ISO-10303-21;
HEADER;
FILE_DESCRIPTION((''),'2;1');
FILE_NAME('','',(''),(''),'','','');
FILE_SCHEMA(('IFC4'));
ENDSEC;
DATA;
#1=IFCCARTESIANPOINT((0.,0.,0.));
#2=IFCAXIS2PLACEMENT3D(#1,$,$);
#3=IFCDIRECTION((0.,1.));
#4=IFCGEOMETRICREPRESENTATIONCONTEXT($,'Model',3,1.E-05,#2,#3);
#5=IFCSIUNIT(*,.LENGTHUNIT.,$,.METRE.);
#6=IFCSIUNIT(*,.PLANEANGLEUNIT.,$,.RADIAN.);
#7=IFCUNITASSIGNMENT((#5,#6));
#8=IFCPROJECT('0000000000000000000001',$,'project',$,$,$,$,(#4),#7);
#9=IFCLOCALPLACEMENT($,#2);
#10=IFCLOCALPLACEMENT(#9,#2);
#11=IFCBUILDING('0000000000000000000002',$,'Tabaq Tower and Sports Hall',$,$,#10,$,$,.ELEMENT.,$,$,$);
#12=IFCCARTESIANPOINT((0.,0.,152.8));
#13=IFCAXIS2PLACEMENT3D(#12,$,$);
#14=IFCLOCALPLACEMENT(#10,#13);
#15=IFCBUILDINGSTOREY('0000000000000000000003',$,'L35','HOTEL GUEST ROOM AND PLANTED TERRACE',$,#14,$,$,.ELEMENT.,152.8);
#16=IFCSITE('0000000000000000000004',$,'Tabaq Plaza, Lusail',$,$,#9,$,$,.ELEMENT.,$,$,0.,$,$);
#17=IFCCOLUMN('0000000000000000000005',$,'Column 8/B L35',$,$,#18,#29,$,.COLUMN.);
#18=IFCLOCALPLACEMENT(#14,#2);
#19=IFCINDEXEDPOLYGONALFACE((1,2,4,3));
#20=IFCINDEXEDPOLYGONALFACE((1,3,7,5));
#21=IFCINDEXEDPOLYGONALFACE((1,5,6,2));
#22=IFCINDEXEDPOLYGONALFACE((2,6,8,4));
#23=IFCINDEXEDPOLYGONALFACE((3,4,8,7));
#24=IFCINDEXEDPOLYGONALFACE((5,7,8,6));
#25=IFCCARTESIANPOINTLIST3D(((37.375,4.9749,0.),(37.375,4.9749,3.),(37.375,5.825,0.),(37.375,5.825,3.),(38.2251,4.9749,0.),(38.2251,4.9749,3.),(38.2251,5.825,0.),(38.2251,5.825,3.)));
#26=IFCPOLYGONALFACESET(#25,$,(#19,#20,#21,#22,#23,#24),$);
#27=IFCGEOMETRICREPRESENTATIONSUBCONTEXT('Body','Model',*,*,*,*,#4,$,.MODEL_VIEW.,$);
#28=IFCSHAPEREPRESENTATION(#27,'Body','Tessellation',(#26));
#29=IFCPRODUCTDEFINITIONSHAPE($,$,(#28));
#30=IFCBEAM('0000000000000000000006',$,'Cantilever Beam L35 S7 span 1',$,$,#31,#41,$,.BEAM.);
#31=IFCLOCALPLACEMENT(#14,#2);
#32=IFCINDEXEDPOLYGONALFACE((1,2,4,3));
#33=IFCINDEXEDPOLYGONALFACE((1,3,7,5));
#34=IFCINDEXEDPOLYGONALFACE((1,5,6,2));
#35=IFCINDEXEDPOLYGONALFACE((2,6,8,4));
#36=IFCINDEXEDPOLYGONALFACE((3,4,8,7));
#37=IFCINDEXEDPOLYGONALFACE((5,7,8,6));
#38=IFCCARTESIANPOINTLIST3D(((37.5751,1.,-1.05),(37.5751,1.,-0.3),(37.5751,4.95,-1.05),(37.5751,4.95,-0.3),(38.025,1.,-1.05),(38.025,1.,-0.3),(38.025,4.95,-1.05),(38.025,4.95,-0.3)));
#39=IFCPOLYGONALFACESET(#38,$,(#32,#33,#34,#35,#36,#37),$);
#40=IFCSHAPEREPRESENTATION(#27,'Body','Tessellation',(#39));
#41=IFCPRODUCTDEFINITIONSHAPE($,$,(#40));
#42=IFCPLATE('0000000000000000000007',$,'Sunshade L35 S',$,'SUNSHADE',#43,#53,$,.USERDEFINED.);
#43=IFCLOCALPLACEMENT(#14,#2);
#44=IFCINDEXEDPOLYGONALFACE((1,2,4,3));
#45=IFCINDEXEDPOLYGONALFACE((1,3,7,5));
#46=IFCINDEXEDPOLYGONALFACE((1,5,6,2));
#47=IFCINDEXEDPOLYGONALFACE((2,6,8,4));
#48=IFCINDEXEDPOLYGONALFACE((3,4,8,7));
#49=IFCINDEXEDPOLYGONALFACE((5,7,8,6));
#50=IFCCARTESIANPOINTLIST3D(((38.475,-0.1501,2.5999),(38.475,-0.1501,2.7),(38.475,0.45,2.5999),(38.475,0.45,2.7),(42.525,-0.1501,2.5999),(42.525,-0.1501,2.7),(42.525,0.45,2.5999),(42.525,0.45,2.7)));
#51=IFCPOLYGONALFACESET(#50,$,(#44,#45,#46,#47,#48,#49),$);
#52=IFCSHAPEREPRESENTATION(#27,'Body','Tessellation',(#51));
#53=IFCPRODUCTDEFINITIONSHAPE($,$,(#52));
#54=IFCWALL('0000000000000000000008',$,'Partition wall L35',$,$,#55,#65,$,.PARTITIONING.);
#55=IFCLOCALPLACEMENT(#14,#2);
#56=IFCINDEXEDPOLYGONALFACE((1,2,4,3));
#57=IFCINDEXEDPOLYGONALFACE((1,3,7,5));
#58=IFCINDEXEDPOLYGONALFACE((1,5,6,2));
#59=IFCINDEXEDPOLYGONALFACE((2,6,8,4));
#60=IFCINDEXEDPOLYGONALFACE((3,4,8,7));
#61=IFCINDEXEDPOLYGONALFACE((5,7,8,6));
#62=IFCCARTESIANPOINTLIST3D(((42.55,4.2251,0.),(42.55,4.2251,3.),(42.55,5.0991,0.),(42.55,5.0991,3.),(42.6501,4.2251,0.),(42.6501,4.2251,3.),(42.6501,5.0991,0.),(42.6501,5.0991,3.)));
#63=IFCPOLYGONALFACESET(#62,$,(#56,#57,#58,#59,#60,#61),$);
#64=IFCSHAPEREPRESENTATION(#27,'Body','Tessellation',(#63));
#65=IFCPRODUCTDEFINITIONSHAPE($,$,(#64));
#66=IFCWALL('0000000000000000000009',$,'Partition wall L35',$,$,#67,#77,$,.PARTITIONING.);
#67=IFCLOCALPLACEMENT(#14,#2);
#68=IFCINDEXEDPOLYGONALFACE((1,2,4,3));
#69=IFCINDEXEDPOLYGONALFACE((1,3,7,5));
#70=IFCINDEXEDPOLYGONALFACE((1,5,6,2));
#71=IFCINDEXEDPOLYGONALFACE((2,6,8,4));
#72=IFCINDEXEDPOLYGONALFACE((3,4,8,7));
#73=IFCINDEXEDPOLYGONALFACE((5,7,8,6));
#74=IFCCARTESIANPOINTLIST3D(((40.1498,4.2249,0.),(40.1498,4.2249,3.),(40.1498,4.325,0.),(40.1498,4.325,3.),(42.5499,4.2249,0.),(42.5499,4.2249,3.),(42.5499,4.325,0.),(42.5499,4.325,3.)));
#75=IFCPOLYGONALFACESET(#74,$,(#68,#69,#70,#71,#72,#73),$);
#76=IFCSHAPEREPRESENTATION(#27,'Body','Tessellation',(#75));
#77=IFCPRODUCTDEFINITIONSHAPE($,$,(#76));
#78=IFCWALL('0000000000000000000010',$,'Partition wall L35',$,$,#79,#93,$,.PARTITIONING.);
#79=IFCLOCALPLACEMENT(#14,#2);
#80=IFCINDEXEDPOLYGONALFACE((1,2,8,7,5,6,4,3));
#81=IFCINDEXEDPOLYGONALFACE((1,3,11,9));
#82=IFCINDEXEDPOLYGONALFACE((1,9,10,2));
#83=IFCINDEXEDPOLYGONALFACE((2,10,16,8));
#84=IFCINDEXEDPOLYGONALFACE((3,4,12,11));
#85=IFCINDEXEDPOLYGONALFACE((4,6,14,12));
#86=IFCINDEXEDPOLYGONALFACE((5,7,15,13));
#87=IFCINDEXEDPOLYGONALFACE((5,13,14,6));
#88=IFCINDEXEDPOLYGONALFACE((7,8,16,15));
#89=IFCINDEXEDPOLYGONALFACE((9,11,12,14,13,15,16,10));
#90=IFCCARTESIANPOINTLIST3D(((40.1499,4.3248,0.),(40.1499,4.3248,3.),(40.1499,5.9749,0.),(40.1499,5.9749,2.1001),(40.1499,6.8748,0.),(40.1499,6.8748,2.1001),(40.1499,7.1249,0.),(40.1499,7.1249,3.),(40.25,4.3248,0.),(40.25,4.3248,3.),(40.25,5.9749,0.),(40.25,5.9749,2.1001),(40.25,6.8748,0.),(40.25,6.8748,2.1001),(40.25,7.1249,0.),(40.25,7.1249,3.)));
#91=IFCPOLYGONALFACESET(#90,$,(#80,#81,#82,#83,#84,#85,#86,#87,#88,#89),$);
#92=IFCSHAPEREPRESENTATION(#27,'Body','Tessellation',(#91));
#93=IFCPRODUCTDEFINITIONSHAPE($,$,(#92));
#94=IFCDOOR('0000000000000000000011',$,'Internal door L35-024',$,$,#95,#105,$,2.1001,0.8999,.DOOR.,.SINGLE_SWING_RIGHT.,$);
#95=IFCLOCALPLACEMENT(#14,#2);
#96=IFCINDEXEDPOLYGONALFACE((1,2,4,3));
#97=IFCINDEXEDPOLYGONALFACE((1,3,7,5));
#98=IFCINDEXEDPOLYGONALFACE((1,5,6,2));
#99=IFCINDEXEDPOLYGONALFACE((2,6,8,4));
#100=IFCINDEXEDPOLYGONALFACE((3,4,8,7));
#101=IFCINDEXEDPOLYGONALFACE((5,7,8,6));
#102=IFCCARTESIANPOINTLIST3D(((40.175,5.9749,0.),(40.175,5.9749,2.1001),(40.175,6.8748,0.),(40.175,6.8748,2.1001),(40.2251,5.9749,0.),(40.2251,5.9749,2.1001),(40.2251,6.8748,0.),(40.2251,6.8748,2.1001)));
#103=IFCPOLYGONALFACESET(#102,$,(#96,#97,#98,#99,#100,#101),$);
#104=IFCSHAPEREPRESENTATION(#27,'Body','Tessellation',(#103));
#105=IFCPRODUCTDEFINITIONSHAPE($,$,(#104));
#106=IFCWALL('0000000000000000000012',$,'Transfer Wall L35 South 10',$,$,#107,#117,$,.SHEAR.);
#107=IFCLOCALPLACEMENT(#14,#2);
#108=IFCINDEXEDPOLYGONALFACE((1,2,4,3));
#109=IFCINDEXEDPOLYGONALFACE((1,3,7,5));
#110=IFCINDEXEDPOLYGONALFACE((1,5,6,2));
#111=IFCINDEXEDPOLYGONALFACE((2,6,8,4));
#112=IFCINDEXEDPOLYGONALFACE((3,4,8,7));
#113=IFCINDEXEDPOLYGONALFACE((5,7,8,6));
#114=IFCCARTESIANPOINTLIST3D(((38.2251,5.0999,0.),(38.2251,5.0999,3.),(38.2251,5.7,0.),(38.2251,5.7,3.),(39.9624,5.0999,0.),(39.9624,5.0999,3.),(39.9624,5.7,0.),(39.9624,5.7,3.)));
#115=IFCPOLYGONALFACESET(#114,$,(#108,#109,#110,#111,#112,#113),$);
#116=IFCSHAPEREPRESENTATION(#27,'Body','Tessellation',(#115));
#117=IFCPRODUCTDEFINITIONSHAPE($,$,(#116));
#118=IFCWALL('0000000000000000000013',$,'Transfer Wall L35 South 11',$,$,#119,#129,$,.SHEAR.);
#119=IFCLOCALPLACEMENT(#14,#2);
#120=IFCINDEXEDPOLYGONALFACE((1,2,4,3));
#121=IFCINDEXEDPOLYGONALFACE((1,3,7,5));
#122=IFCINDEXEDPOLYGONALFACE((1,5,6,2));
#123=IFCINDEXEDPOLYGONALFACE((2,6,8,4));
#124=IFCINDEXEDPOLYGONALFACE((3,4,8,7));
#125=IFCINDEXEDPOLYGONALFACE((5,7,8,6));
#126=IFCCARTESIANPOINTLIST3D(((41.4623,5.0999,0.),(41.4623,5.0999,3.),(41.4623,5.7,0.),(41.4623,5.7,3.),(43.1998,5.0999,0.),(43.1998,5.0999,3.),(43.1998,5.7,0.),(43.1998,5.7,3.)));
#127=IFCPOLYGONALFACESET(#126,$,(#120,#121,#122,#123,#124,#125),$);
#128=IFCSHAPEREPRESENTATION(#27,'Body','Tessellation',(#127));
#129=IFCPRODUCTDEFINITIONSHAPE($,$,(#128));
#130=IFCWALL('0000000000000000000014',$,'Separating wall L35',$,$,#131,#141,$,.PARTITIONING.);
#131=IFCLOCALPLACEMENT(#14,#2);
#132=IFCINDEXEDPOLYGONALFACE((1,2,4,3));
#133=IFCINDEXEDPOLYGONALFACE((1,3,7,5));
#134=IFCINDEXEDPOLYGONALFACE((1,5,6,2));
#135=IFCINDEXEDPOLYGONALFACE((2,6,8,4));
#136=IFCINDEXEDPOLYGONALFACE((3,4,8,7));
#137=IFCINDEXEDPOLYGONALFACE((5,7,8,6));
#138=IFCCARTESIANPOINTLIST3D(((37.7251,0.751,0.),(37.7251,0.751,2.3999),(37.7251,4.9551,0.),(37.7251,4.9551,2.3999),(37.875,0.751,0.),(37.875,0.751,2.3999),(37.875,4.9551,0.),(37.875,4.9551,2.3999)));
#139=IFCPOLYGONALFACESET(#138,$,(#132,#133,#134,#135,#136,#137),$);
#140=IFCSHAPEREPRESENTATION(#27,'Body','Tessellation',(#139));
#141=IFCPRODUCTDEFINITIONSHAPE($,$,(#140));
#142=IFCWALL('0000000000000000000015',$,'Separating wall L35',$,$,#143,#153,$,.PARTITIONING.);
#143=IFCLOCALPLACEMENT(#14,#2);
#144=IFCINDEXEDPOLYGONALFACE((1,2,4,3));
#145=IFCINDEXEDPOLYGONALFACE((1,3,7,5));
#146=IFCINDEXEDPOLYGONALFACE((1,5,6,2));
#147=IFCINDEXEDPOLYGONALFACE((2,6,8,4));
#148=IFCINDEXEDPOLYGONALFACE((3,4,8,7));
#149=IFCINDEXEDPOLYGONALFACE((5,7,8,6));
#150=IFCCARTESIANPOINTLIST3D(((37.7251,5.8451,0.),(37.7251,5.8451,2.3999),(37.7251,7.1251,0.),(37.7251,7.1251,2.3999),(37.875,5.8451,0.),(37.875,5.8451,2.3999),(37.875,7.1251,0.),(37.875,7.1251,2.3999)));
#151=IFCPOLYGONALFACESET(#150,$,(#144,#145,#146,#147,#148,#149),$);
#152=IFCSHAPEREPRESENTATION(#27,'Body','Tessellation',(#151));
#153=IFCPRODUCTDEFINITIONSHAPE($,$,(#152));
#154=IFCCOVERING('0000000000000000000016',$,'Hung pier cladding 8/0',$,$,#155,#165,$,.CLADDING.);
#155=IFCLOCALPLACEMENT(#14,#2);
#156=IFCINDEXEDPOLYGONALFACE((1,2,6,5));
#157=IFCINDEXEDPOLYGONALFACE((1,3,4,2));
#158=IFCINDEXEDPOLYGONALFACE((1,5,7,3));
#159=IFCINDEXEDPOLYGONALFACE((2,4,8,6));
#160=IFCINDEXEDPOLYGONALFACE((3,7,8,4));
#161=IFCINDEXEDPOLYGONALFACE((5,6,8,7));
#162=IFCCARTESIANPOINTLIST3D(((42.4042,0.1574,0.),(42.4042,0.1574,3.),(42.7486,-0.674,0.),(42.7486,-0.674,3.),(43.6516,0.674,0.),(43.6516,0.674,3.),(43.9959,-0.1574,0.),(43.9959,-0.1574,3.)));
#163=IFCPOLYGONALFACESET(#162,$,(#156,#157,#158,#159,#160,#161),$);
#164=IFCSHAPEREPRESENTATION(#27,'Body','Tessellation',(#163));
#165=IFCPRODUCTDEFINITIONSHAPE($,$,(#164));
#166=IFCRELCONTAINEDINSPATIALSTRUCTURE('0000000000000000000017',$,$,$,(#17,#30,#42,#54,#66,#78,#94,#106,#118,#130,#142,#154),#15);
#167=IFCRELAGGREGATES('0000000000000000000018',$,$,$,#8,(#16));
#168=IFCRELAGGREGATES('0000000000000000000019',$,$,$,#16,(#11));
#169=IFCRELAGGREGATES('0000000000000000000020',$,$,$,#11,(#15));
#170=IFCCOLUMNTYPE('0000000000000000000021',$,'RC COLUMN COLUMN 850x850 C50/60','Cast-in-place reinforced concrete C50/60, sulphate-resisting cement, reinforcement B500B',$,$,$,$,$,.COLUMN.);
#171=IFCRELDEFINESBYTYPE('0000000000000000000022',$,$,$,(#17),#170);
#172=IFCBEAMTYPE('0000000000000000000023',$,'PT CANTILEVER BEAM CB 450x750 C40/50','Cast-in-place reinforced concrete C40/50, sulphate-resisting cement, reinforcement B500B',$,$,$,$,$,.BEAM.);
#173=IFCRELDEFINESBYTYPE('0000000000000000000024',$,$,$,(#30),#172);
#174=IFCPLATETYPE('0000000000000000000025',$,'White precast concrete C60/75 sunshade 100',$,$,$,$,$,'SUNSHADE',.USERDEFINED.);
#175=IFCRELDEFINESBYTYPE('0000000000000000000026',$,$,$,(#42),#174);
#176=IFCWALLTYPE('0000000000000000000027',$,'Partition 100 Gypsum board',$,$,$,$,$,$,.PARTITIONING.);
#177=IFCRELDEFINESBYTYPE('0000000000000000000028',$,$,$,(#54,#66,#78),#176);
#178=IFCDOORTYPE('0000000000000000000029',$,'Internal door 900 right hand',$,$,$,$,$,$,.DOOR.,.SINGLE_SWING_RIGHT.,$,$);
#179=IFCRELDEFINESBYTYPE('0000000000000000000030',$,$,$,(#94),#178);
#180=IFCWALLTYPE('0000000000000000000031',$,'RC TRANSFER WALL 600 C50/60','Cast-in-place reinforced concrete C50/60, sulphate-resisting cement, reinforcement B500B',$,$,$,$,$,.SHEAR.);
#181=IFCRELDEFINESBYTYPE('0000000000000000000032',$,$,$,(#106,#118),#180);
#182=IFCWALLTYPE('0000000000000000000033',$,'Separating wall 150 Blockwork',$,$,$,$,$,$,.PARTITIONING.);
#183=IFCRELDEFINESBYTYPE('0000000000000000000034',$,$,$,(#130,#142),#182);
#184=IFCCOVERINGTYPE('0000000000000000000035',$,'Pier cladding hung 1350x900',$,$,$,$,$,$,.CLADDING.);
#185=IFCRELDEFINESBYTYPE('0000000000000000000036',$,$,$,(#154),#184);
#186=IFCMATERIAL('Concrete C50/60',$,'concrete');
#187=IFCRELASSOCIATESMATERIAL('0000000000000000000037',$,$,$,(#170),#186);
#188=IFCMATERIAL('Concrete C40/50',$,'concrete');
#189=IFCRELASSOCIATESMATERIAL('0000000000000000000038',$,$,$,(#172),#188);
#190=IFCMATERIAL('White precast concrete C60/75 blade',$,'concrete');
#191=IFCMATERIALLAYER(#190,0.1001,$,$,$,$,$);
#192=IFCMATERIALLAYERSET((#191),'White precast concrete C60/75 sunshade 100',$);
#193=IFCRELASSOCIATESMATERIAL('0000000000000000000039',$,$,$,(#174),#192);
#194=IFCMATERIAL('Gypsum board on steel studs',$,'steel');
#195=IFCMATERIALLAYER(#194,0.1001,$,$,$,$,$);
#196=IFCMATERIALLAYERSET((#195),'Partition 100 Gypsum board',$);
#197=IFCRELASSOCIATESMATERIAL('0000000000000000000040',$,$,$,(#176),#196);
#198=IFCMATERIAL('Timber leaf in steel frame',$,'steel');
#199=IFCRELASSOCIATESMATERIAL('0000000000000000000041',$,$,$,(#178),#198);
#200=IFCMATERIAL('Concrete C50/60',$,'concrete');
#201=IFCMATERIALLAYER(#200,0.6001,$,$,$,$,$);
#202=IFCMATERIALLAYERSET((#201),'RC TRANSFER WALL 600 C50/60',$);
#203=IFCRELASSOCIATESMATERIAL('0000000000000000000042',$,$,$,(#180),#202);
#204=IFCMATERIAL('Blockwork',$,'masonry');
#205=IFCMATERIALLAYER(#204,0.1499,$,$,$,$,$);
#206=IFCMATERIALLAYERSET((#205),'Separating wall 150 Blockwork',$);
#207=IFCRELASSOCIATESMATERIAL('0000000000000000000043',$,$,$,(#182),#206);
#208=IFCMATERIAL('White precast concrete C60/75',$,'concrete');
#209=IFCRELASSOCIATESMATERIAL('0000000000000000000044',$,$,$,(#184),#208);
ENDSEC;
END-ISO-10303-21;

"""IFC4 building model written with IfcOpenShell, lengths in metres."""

from ifc_helpers import new_model, si_unit, direction, frame, frame_2d, origin, origin_2d, place, context, subcontext, project, spatial, rectangle, extrude, material, layer, layer_set, material_profile, profile_set, type_object, element, fill, save


model = new_model("IFC4")

# Units and contexts
model_context = context("Model", 3, precision=1e-05, world=origin(), true_north=direction((0.0, 1.0)))
body_context = subcontext(model_context, "Body", "Model", "MODEL_VIEW")
ifc_project = project(units=[si_unit("LENGTHUNIT", "METRE"), si_unit("PLANEANGLEUNIT", "RADIAN")], contexts=[model_context])

# Site, building, storey
site_placement = place(None, origin())
site = spatial("IfcSite", under=ifc_project, at=site_placement, Name="Tabaq Plaza, Lusail", CompositionType="ELEMENT", RefElevation=0.0)
building_placement = place(site_placement, origin())
building = spatial("IfcBuilding", under=site, at=building_placement, Name="Tabaq Tower and Sports Hall", CompositionType="ELEMENT")
storey_placement = place(building_placement, frame((0.0, 0.0, 152.8)))
storey = spatial("IfcBuildingStorey", under=building, at=storey_placement, Name="L35", Description="HOTEL GUEST ROOM AND PLANTED TERRACE", CompositionType="ELEMENT", Elevation=152.8)

# Column
ifc_material_1 = material(Name="Concrete C50/60", Category="concrete")
ifc_material_profile_1 = material_profile(ifc_material_1, rectangle(XDim=0.8501, YDim=0.8501, at=origin_2d()), Name="COLUMN 850x850")
ifc_profile_set_1 = profile_set([ifc_material_profile_1], Name="Concrete C50/60")
column_type = type_object("IfcColumnType", Name="RC COLUMN COLUMN 850x850 C50/60", Description="Cast-in-place reinforced concrete C50/60, sulphate-resisting cement, reinforcement B500B", PredefinedType="COLUMN", material=ifc_profile_set_1)
column_placement = place(storey_placement, frame((37.8, 5.3999, 0.0), z_axis=(0.0, 0.0, 1.0), x_axis=(1.0, 0.0, 0.0)))
element("IfcColumn", 1, at=column_placement, inside=storey, type_object=column_type, Name="Column 8/B L35", PredefinedType="COLUMN", context=body_context, shape_type="SweptSolid", body=[
    extrude(rectangle(XDim=0.8501, YDim=0.8501, at=origin_2d()), origin(), (0.0, 0.0, 1.0), 3.0),
])

# Beam
ifc_material_2 = material(Name="Concrete C40/50", Category="concrete")
ifc_material_profile_2 = material_profile(ifc_material_2, rectangle(XDim=0.45, YDim=0.75, at=origin_2d()), Name="CB 450x750")
ifc_profile_set_2 = profile_set([ifc_material_profile_2], Name="Concrete C40/50")
beam_type = type_object("IfcBeamType", Name="PT CANTILEVER BEAM CB 450x750 C40/50", Description="Cast-in-place reinforced concrete C40/50, sulphate-resisting cement, reinforcement B500B", PredefinedType="BEAM", material=ifc_profile_set_2)
beam_placement = place(storey_placement, frame((37.8, 1.0, -0.675), z_axis=(0.0, 1.0, 0.0), x_axis=(-1.0, 0.0, 0.0)))
element("IfcBeam", 2, at=beam_placement, inside=storey, type_object=beam_type, Name="Cantilever Beam L35 S7 span 1", PredefinedType="BEAM", context=body_context, shape_type="SweptSolid", body=[
    extrude(rectangle(XDim=0.45, YDim=0.75, at=origin_2d()), origin(), (0.0, 0.0, 1.0), 3.95),
])

# Plate
ifc_material_3 = material(Name="White precast concrete C60/75 blade", Category="concrete")
ifc_layer_1 = layer(ifc_material_3, 0.1001)
ifc_layer_set_1 = layer_set([ifc_layer_1], Name="White precast concrete C60/75 sunshade 100")
plate_type = type_object("IfcPlateType", Name="White precast concrete C60/75 sunshade 100", ElementType="SUNSHADE", PredefinedType="USERDEFINED", material=ifc_layer_set_1)
plate_placement = place(storey_placement, frame((40.5, 0.1499, 2.5999), z_axis=(0.0, 0.0, 1.0), x_axis=(1.0, 0.0, 0.0)))
element("IfcPlate", 3, at=plate_placement, inside=storey, type_object=plate_type, Name="Sunshade L35 S", ObjectType="SUNSHADE", PredefinedType="USERDEFINED", context=body_context, shape_type="SweptSolid", body=[
    extrude(rectangle(XDim=4.05, YDim=0.6001, at=origin_2d()), origin(), (0.0, 0.0, 1.0), 0.1001),
])

# Walls
ifc_material_4 = material(Name="Gypsum board on steel studs", Category="steel")
ifc_layer_2 = layer(ifc_material_4, 0.1001)
ifc_layer_set_2 = layer_set([ifc_layer_2], Name="Partition 100 Gypsum board")
wall_type_1 = type_object("IfcWallType", Name="Partition 100 Gypsum board", PredefinedType="PARTITIONING", material=ifc_layer_set_2)
wall_1_placement = place(storey_placement, frame((42.6001, 5.0991, 0.0), z_axis=(0.0, 0.0, 1.0), x_axis=(0.0, -1.0, 0.0)))
element("IfcWall", 4, at=wall_1_placement, inside=storey, type_object=wall_type_1, Name="Partition wall L35", PredefinedType="PARTITIONING", context=body_context, shape_type="SweptSolid", body=[
    extrude(rectangle(XDim=0.874, YDim=0.1001, at=frame_2d((0.437, 0.0))), origin(), (0.0, 0.0, 1.0), 3.0),
])
wall_2_placement = place(storey_placement, frame((42.55, 4.2749, 0.0), z_axis=(0.0, 0.0, 1.0), x_axis=(-1.0, 0.0, 0.0)))
element("IfcWall", 5, at=wall_2_placement, inside=storey, type_object=wall_type_1, Name="Partition wall L35", PredefinedType="PARTITIONING", context=body_context, shape_type="SweptSolid", body=[
    extrude(rectangle(XDim=2.4001, YDim=0.1001, at=frame_2d((1.2002, 0.0))), origin(), (0.0, 0.0, 1.0), 3.0),
])

# Wall, opening, door
wall_3_placement = place(storey_placement, frame((40.2, 4.325, 0.0), z_axis=(0.0, 0.0, 1.0), x_axis=(0.0, 1.0, 0.0)))
wall_3 = element("IfcWall", 6, at=wall_3_placement, inside=storey, type_object=wall_type_1, Name="Partition wall L35", PredefinedType="PARTITIONING", context=body_context, shape_type="SweptSolid", body=[
    extrude(rectangle(XDim=2.8, YDim=0.1001, at=frame_2d((1.3999, 0.0))), origin(), (0.0, 0.0, 1.0), 3.0),
])
opening_placement = place(wall_3_placement, frame((1.6499, 0.0, 0.0)))
opening = element("IfcOpeningElement", 7, at=opening_placement, cuts=wall_3, PredefinedType="OPENING", context=body_context, shape_type="SweptSolid", body=[
    extrude(rectangle(XDim=0.8999, YDim=2.1001, at=frame_2d((0.45, 1.05))), frame((0.0, 0.05, 0.0), z_axis=(0.0, -1.0, 0.0), x_axis=(1.0, 0.0, 0.0)), (0.0, 0.0, 1.0), 0.1001),
])
ifc_material_5 = material(Name="Timber leaf in steel frame", Category="steel")
door_type = type_object("IfcDoorType", Name="Internal door 900 right hand", OperationType="SINGLE_SWING_RIGHT", PredefinedType="DOOR", material=ifc_material_5)
door_placement = place(opening_placement, origin())
door = element("IfcDoor", 8, at=door_placement, inside=storey, type_object=door_type, Name="Internal door L35-024", OperationType="SINGLE_SWING_RIGHT", OverallHeight=2.1001, OverallWidth=0.8999, PredefinedType="DOOR", context=body_context, shape_type="SweptSolid", body=[
    extrude(rectangle(XDim=0.8999, YDim=2.1001, at=frame_2d((0.45, 1.05))), frame((0.0, 0.0249, 0.0), z_axis=(0.0, -1.0, 0.0), x_axis=(1.0, 0.0, 0.0)), (0.0, 0.0, 1.0), 0.05),
])
fill(opening, door)

# Walls
ifc_material_6 = material(Name="Concrete C50/60", Category="concrete")
ifc_layer_3 = layer(ifc_material_6, 0.6001)
ifc_layer_set_3 = layer_set([ifc_layer_3], Name="RC TRANSFER WALL 600 C50/60")
wall_type_2 = type_object("IfcWallType", Name="RC TRANSFER WALL 600 C50/60", Description="Cast-in-place reinforced concrete C50/60, sulphate-resisting cement, reinforcement B500B", PredefinedType="SHEAR", material=ifc_layer_set_3)
wall_4_placement = place(storey_placement, frame((38.2251, 5.3999, 0.0), z_axis=(0.0, 0.0, 1.0), x_axis=(1.0, 0.0, 0.0)))
element("IfcWall", 9, at=wall_4_placement, inside=storey, type_object=wall_type_2, Name="Transfer Wall L35 South 10", PredefinedType="SHEAR", context=body_context, shape_type="SweptSolid", body=[
    extrude(rectangle(XDim=1.7373, YDim=0.6001, at=frame_2d((0.8687, 0.0))), origin(), (0.0, 0.0, 1.0), 3.0),
])
wall_5_placement = place(storey_placement, frame((41.4624, 5.3999, 0.0), z_axis=(0.0, 0.0, 1.0), x_axis=(1.0, 0.0, 0.0)))
element("IfcWall", 10, at=wall_5_placement, inside=storey, type_object=wall_type_2, Name="Transfer Wall L35 South 11", PredefinedType="SHEAR", context=body_context, shape_type="SweptSolid", body=[
    extrude(rectangle(XDim=1.7375, YDim=0.6001, at=frame_2d((0.8687, 0.0))), origin(), (0.0, 0.0, 1.0), 3.0),
])
ifc_material_7 = material(Name="Blockwork", Category="masonry")
ifc_layer_4 = layer(ifc_material_7, 0.1499)
ifc_layer_set_4 = layer_set([ifc_layer_4], Name="Separating wall 150 Blockwork")
wall_type_3 = type_object("IfcWallType", Name="Separating wall 150 Blockwork", PredefinedType="PARTITIONING", material=ifc_layer_set_4)
wall_6_placement = place(storey_placement, frame((37.8, 0.751, 0.0), z_axis=(0.0, 0.0, 1.0), x_axis=(0.0, 1.0, 0.0)))
element("IfcWall", 11, at=wall_6_placement, inside=storey, type_object=wall_type_3, Name="Separating wall L35", PredefinedType="PARTITIONING", context=body_context, shape_type="SweptSolid", body=[
    extrude(rectangle(XDim=4.2041, YDim=0.1499, at=frame_2d((2.1021, 0.0))), origin(), (0.0, 0.0, 1.0), 2.3999),
])
wall_7_placement = place(storey_placement, frame((37.8, 5.845, 0.0), z_axis=(0.0, 0.0, 1.0), x_axis=(0.0, 1.0, 0.0)))
element("IfcWall", 12, at=wall_7_placement, inside=storey, type_object=wall_type_3, Name="Separating wall L35", PredefinedType="PARTITIONING", context=body_context, shape_type="SweptSolid", body=[
    extrude(rectangle(XDim=1.28, YDim=0.1499, at=frame_2d((0.6401, 0.0))), origin(), (0.0, 0.0, 1.0), 2.3999),
])

# Covering
ifc_material_8 = material(Name="White precast concrete C60/75", Category="concrete")
covering_type_1 = type_object("IfcCoveringType", Name="Pier cladding hung 1350x900", PredefinedType="CLADDING", material=ifc_material_8)
covering_1_placement = place(storey_placement, frame((42.5764, -0.2583, 0.0), z_axis=(0.0, 0.0, 1.0), x_axis=(0.923893, 0.38265, 0.0)))
element("IfcCovering", 13, at=covering_1_placement, inside=storey, type_object=covering_type_1, Name="Hung pier cladding 8/0", PredefinedType="CLADDING", context=body_context, shape_type="SweptSolid", body=[
    extrude(rectangle(XDim=1.3501, YDim=0.8999, at=frame_2d((0.675, 0.0))), origin(), (0.0, 0.0, 1.0), 3.0),
])

save(model, "model.ifc")
